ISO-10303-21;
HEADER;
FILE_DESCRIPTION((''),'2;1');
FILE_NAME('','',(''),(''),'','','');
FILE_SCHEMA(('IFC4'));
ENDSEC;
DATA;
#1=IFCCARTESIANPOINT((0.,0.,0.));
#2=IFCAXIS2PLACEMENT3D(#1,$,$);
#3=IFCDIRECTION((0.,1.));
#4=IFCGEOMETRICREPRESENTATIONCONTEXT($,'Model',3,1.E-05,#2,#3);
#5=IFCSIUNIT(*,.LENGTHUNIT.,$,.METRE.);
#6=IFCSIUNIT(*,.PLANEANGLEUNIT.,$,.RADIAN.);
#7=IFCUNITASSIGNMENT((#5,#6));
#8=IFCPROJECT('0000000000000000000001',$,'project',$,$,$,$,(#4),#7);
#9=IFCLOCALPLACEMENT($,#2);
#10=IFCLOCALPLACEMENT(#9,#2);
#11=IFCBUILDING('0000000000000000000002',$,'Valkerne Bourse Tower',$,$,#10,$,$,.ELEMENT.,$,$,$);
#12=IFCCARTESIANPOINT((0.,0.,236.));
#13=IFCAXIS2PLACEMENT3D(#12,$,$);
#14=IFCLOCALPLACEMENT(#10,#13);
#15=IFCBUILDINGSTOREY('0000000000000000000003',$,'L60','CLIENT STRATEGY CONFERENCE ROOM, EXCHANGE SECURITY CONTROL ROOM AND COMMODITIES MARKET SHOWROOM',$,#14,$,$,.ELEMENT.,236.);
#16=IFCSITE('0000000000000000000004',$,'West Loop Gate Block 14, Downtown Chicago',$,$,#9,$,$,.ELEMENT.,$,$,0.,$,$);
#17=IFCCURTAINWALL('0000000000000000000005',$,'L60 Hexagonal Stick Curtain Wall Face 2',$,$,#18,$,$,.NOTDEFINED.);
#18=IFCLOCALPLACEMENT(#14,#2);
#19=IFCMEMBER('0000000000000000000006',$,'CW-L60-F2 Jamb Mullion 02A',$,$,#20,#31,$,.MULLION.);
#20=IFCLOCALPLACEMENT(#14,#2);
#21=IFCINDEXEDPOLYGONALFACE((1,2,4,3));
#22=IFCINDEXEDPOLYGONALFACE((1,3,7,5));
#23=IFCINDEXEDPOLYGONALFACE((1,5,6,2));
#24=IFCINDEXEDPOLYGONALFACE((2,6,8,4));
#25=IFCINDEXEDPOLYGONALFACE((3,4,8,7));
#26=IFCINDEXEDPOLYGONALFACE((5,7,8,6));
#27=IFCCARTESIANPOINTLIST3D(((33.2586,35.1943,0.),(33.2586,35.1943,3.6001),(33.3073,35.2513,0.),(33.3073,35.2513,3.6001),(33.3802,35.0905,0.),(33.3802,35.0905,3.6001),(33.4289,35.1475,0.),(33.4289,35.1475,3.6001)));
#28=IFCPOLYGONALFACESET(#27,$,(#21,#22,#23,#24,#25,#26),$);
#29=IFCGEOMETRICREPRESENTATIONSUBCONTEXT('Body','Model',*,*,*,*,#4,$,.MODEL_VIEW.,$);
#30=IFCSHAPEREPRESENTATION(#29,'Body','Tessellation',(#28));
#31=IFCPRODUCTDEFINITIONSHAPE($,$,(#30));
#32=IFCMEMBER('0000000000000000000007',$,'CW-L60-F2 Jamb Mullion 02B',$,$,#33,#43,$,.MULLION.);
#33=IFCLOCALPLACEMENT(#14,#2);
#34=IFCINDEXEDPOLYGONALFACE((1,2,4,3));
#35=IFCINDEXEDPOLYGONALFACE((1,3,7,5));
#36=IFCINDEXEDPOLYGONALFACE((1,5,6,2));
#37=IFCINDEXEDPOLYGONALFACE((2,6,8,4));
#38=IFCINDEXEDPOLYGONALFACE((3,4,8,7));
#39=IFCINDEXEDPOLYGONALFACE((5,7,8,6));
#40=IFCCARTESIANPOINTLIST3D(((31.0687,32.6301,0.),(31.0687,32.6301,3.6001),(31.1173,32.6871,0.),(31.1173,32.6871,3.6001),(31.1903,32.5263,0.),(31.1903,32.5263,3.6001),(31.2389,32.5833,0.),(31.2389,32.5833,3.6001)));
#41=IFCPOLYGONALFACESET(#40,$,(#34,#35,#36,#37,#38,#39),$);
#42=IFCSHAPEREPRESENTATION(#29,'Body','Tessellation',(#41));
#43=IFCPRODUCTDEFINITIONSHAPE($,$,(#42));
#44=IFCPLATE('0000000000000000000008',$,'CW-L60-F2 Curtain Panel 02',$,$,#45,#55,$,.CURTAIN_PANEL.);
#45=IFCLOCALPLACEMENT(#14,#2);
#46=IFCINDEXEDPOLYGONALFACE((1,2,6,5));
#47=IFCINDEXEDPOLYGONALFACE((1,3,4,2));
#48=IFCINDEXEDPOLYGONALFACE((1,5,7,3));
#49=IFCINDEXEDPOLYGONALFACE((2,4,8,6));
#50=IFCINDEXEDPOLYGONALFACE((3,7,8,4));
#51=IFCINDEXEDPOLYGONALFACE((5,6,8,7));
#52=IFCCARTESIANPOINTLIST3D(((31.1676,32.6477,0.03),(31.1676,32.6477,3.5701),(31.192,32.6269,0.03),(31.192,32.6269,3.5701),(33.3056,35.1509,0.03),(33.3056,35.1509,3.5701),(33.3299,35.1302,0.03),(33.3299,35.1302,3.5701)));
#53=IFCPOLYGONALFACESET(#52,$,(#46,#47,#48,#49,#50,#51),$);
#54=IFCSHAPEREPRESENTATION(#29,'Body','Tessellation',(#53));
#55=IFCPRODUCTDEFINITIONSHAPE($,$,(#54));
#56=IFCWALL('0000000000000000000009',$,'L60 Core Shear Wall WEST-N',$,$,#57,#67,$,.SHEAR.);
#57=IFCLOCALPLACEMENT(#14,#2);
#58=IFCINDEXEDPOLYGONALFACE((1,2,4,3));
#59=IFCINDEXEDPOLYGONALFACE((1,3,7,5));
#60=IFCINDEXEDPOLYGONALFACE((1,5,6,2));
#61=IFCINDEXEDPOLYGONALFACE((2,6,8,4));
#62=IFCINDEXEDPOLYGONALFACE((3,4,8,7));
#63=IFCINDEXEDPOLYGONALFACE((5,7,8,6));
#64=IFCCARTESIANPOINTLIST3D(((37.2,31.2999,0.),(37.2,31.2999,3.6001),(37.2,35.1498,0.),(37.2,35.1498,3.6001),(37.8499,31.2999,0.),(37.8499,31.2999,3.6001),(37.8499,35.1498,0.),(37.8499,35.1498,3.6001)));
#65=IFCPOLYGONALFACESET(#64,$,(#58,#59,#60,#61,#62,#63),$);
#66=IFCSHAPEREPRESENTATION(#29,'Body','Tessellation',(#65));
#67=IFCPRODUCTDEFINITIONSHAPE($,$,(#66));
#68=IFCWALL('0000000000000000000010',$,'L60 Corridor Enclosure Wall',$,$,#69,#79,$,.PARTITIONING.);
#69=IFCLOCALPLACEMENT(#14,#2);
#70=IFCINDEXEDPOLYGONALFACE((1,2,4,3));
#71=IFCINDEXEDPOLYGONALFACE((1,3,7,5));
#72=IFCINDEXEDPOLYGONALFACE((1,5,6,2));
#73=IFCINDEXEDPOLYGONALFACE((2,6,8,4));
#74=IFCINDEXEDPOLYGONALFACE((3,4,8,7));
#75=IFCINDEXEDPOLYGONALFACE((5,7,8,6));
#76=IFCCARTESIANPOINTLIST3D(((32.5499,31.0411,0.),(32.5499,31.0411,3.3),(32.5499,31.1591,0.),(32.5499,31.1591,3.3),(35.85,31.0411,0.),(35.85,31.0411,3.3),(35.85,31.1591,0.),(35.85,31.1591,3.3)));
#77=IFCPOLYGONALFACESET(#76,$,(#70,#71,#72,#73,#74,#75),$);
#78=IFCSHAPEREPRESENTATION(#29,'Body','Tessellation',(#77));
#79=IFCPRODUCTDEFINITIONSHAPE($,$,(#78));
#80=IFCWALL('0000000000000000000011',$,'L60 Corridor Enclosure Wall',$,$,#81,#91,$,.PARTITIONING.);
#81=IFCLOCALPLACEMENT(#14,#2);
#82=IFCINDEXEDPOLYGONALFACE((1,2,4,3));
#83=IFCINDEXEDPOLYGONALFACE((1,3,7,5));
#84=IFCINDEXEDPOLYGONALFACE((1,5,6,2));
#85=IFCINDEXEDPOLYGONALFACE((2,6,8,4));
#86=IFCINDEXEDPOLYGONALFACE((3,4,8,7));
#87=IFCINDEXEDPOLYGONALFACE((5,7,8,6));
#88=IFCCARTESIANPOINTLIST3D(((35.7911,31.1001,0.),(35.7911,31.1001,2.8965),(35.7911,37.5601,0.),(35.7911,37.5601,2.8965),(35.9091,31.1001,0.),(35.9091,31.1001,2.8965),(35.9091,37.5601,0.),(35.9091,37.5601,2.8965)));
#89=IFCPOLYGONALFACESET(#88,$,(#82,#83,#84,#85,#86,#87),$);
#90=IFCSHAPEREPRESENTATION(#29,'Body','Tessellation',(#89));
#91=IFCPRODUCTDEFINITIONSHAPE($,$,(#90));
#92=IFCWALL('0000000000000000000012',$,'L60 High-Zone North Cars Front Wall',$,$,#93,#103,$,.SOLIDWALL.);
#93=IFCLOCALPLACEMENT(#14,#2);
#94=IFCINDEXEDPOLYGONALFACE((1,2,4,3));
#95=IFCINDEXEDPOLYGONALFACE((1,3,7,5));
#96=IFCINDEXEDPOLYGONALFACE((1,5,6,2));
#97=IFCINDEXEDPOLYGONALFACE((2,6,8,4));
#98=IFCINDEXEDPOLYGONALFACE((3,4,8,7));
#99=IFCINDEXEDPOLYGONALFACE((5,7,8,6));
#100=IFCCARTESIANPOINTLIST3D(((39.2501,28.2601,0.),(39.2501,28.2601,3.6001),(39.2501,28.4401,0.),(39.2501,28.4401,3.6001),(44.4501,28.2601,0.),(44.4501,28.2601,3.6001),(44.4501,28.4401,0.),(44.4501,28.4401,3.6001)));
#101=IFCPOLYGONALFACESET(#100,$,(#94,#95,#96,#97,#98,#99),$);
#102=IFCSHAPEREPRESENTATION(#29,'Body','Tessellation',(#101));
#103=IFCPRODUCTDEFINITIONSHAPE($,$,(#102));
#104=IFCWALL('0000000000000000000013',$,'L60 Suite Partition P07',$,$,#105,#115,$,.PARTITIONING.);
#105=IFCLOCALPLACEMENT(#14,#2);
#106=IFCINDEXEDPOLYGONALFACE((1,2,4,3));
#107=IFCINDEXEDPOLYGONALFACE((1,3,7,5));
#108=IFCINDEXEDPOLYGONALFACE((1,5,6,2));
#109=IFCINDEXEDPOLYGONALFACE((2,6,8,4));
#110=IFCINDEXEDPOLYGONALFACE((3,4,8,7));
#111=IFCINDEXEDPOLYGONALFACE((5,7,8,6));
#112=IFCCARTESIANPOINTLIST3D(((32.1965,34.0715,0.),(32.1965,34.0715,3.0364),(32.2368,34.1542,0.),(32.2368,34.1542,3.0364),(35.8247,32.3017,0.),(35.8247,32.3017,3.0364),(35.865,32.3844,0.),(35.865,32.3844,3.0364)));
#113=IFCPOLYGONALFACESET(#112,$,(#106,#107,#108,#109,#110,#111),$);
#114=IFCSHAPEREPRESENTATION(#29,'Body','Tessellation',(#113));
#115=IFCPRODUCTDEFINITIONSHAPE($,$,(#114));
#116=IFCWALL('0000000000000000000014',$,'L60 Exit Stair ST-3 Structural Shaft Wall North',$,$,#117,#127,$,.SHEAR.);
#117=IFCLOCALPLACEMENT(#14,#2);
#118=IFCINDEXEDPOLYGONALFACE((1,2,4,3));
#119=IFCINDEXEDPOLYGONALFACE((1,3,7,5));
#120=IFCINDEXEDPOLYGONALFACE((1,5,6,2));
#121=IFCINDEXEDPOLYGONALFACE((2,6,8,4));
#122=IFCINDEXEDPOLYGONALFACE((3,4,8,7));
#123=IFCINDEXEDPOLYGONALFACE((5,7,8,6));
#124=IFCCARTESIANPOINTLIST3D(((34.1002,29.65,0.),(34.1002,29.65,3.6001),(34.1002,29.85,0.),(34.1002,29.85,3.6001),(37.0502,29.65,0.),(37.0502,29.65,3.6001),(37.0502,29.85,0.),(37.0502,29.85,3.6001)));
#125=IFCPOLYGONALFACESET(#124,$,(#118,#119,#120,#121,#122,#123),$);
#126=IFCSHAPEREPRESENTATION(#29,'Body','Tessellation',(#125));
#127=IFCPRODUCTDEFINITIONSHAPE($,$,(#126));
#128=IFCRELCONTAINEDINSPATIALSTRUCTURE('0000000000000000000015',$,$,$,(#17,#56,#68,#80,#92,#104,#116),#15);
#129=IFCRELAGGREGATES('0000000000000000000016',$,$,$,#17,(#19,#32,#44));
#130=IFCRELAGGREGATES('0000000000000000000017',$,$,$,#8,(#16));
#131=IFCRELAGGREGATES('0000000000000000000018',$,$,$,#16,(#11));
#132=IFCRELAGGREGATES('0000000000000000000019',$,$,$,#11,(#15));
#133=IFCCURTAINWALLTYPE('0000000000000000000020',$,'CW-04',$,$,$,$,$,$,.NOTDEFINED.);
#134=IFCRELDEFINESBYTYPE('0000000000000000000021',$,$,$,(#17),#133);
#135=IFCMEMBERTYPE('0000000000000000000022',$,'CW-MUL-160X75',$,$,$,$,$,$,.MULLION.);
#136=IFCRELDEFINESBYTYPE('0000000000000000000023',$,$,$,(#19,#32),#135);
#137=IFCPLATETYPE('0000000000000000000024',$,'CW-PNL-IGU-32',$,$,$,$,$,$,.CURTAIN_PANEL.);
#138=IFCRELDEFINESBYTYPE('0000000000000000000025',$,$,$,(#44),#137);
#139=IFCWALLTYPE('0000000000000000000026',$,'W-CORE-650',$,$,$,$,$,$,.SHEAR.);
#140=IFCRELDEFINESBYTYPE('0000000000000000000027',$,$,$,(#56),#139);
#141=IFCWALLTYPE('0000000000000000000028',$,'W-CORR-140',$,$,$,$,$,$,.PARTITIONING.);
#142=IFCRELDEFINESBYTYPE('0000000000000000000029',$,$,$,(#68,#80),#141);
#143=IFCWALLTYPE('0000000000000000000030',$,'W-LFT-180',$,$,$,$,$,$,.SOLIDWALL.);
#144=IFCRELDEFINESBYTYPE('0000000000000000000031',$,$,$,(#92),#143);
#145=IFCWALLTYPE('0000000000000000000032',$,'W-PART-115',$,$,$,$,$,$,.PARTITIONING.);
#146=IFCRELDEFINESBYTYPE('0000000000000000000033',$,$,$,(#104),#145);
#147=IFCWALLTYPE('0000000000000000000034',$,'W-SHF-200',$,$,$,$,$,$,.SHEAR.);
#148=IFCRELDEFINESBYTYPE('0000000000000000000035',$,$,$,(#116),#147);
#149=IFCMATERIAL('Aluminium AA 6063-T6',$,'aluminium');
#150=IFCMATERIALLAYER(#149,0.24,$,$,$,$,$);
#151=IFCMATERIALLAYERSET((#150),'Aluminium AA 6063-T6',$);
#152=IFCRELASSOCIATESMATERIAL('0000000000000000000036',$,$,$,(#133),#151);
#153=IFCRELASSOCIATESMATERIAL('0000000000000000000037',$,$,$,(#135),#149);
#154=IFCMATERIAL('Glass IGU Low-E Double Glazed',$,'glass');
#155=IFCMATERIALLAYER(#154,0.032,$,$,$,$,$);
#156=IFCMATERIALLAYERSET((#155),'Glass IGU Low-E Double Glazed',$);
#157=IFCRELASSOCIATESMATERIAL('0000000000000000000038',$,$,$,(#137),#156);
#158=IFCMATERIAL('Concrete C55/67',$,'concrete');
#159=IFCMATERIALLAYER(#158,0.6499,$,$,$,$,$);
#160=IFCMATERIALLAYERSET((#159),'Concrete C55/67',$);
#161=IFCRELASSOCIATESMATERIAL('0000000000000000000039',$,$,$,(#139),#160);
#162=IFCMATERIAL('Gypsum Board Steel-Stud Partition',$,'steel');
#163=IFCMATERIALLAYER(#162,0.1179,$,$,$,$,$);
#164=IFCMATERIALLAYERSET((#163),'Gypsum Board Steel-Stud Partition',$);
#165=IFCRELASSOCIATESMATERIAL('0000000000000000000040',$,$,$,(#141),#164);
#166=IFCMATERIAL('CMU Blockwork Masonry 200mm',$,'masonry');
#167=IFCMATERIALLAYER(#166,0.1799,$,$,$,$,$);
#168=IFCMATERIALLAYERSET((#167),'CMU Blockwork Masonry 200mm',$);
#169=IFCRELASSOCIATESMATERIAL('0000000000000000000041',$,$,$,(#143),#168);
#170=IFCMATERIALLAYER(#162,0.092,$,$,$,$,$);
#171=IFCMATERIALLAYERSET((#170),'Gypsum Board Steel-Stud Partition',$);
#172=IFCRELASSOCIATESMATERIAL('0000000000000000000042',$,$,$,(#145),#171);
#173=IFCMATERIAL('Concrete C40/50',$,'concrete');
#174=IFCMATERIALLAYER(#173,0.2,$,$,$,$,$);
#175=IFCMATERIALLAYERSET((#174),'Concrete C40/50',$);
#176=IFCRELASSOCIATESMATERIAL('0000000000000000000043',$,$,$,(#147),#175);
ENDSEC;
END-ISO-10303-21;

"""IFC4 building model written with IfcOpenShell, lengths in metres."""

from ifc_helpers import new_model, si_unit, direction, frame, frame_2d, origin, origin_2d, place, context, subcontext, project, spatial, rectangle, extrude, material, layer, layer_set, material_profile, profile_set, type_object, element, aggregate, save


model = new_model("IFC4")

# Units and contexts
model_context = context("Model", 3, precision=1e-05, world=origin(), true_north=direction((0.0, 1.0)))
body_context = subcontext(model_context, "Body", "Model", "MODEL_VIEW")
ifc_project = project(units=[si_unit("LENGTHUNIT", "METRE"), si_unit("PLANEANGLEUNIT", "RADIAN")], contexts=[model_context])

# Site, building, storey
site_placement = place(None, origin())
site = spatial("IfcSite", under=ifc_project, at=site_placement, Name="West Loop Gate Block 14, Downtown Chicago", CompositionType="ELEMENT", RefElevation=0.0)
building_placement = place(site_placement, origin())
building = spatial("IfcBuilding", under=site, at=building_placement, Name="Valkerne Bourse Tower", CompositionType="ELEMENT")
storey_placement = place(building_placement, frame((0.0, 0.0, 236.0)))
storey = spatial("IfcBuildingStorey", under=building, at=storey_placement, Name="L60", Description="CLIENT STRATEGY CONFERENCE ROOM, EXCHANGE SECURITY CONTROL ROOM AND COMMODITIES MARKET SHOWROOM", CompositionType="ELEMENT", Elevation=236.0)

# Curtain wall, members, plate
ifc_material_1 = material(Name="Aluminium AA 6063-T6", Category="aluminium")
ifc_layer_1 = layer(ifc_material_1, 0.24)
ifc_layer_set_1 = layer_set([ifc_layer_1], Name="Aluminium AA 6063-T6")
curtain_wall_type = type_object("IfcCurtainWallType", Name="CW-04", PredefinedType="NOTDEFINED", material=ifc_layer_set_1)
curtain_wall_placement = place(storey_placement, origin())
curtain_wall = element("IfcCurtainWall", 1, at=curtain_wall_placement, inside=storey, type_object=curtain_wall_type, Name="L60 Hexagonal Stick Curtain Wall Face 2", PredefinedType="NOTDEFINED")
ifc_material_profile_1 = material_profile(ifc_material_1, rectangle(XDim=0.075, YDim=0.1599, at=origin_2d()), Name="CWM-75X160")
ifc_profile_set_1 = profile_set([ifc_material_profile_1], Name="Aluminium AA 6063-T6")
member_type = type_object("IfcMemberType", Name="CW-MUL-160X75", PredefinedType="MULLION", material=ifc_profile_set_1)
member_1_placement = place(storey_placement, frame((33.3438, 35.1709, 0.0), z_axis=(0.0, 0.0, 1.0), x_axis=(-0.649441, -0.760412, 0.0)))
member_1 = element("IfcMember", 2, at=member_1_placement, type_object=member_type, Name="CW-L60-F2 Jamb Mullion 02A", PredefinedType="MULLION", context=body_context, shape_type="SweptSolid", body=[
    extrude(rectangle(XDim=0.075, YDim=0.1599, at=origin_2d()), origin(), (0.0, 0.0, 1.0), 3.6001),
])
member_2_placement = place(storey_placement, frame((31.1538, 32.6067, 0.0), z_axis=(0.0, 0.0, 1.0), x_axis=(-0.649441, -0.760412, 0.0)))
member_2 = element("IfcMember", 3, at=member_2_placement, type_object=member_type, Name="CW-L60-F2 Jamb Mullion 02B", PredefinedType="MULLION", context=body_context, shape_type="SweptSolid", body=[
    extrude(rectangle(XDim=0.075, YDim=0.1599, at=origin_2d()), origin(), (0.0, 0.0, 1.0), 3.6001),
])
ifc_material_2 = material(Name="Glass IGU Low-E Double Glazed", Category="glass")
ifc_layer_2 = layer(ifc_material_2, 0.032)
ifc_layer_set_2 = layer_set([ifc_layer_2], Name="Glass IGU Low-E Double Glazed")
plate_type = type_object("IfcPlateType", Name="CW-PNL-IGU-32", PredefinedType="CURTAIN_PANEL", material=ifc_layer_set_2)
plate_placement = place(storey_placement, frame((32.2488, 33.8889, 0.03), z_axis=(0.0, 0.0, 1.0), x_axis=(-0.649441, -0.760412, 0.0)))
plate = element("IfcPlate", 4, at=plate_placement, type_object=plate_type, Name="CW-L60-F2 Curtain Panel 02", PredefinedType="CURTAIN_PANEL", context=body_context, shape_type="SweptSolid", body=[
    extrude(rectangle(XDim=3.292, YDim=0.032, at=origin_2d()), origin(), (0.0, 0.0, 1.0), 3.54),
])
aggregate(curtain_wall, [member_1, member_2, plate])

# Shared definitions
ifc_material_3 = material(Name="Concrete C55/67", Category="concrete")
ifc_layer_3 = layer(ifc_material_3, 0.6499)
ifc_layer_set_3 = layer_set([ifc_layer_3], Name="Concrete C55/67")
wall_type_1 = type_object("IfcWallType", Name="W-CORE-650", PredefinedType="SHEAR", material=ifc_layer_set_3)

# Walls
wall_1_placement = place(storey_placement, frame((37.5249, 31.3, 0.0), z_axis=(0.0, 0.0, 1.0), x_axis=(0.0, 1.0, 0.0)))
element("IfcWall", 5, at=wall_1_placement, inside=storey, type_object=wall_type_1, Name="L60 Core Shear Wall WEST-N", PredefinedType="SHEAR", context=body_context, shape_type="SweptSolid", body=[
    extrude(rectangle(XDim=3.8499, YDim=0.6499, at=frame_2d((1.9248, 0.0))), origin(), (0.0, 0.0, 1.0), 3.6001),
])
ifc_material_4 = material(Name="Gypsum Board Steel-Stud Partition", Category="steel")
ifc_layer_4 = layer(ifc_material_4, 0.1179)
ifc_layer_set_4 = layer_set([ifc_layer_4], Name="Gypsum Board Steel-Stud Partition")
wall_type_2 = type_object("IfcWallType", Name="W-CORR-140", PredefinedType="PARTITIONING", material=ifc_layer_set_4)
wall_2_placement = place(storey_placement, frame((32.55, 31.1001, 0.0), z_axis=(0.0, 0.0, 1.0), x_axis=(1.0, 0.0, 0.0)))
element("IfcWall", 6, at=wall_2_placement, inside=storey, type_object=wall_type_2, Name="L60 Corridor Enclosure Wall", PredefinedType="PARTITIONING", context=body_context, shape_type="SweptSolid", body=[
    extrude(rectangle(XDim=3.3, YDim=0.1179, at=frame_2d((1.6499, 0.0))), origin(), (0.0, 0.0, 1.0), 3.3),
])
wall_3_placement = place(storey_placement, frame((35.8501, 31.1001, 0.0), z_axis=(0.0, 0.0, 1.0), x_axis=(0.0, 1.0, 0.0)))
element("IfcWall", 7, at=wall_3_placement, inside=storey, type_object=wall_type_2, Name="L60 Corridor Enclosure Wall", PredefinedType="PARTITIONING", context=body_context, shape_type="SweptSolid", body=[
    extrude(rectangle(XDim=6.46, YDim=0.1179, at=frame_2d((3.23, 0.0))), origin(), (0.0, 0.0, 1.0), 2.8965),
])
ifc_material_5 = material(Name="CMU Blockwork Masonry 200mm", Category="masonry")
ifc_layer_5 = layer(ifc_material_5, 0.1799)
ifc_layer_set_5 = layer_set([ifc_layer_5], Name="CMU Blockwork Masonry 200mm")
wall_type_3 = type_object("IfcWallType", Name="W-LFT-180", PredefinedType="SOLIDWALL", material=ifc_layer_set_5)
wall_4_placement = place(storey_placement, frame((39.25, 28.3501, 0.0), z_axis=(0.0, 0.0, 1.0), x_axis=(1.0, 0.0, 0.0)))
element("IfcWall", 8, at=wall_4_placement, inside=storey, type_object=wall_type_3, Name="L60 High-Zone North Cars Front Wall", PredefinedType="SOLIDWALL", context=body_context, shape_type="SweptSolid", body=[
    extrude(rectangle(XDim=5.2, YDim=0.1799, at=frame_2d((2.6001, 0.0))), origin(), (0.0, 0.0, 1.0), 3.6001),
])
ifc_layer_6 = layer(ifc_material_4, 0.092)
ifc_layer_set_6 = layer_set([ifc_layer_6], Name="Gypsum Board Steel-Stud Partition")
wall_type_4 = type_object("IfcWallType", Name="W-PART-115", PredefinedType="PARTITIONING", material=ifc_layer_set_6)
wall_5_placement = place(storey_placement, frame((35.845, 32.343, 0.0), z_axis=(0.0, 0.0, 1.0), x_axis=(-0.898775, 0.438411, 0.0)))
element("IfcWall", 9, at=wall_5_placement, inside=storey, type_object=wall_type_4, Name="L60 Suite Partition P07", PredefinedType="PARTITIONING", context=body_context, shape_type="SweptSolid", body=[
    extrude(rectangle(XDim=4.0369, YDim=0.092, at=frame_2d((2.0186, 0.0))), origin(), (0.0, 0.0, 1.0), 3.0364),
])
ifc_material_6 = material(Name="Concrete C40/50", Category="concrete")
ifc_layer_7 = layer(ifc_material_6, 0.2)
ifc_layer_set_7 = layer_set([ifc_layer_7], Name="Concrete C40/50")
wall_type_5 = type_object("IfcWallType", Name="W-SHF-200", PredefinedType="SHEAR", material=ifc_layer_set_7)
wall_6_placement = place(storey_placement, frame((34.1001, 29.75, 0.0), z_axis=(0.0, 0.0, 1.0), x_axis=(1.0, 0.0, 0.0)))
element("IfcWall", 10, at=wall_6_placement, inside=storey, type_object=wall_type_5, Name="L60 Exit Stair ST-3 Structural Shaft Wall North", PredefinedType="SHEAR", context=body_context, shape_type="SweptSolid", body=[
    extrude(rectangle(XDim=2.95, YDim=0.2, at=frame_2d((1.4751, 0.0))), origin(), (0.0, 0.0, 1.0), 3.6001),
])

save(model, "model.ifc")
